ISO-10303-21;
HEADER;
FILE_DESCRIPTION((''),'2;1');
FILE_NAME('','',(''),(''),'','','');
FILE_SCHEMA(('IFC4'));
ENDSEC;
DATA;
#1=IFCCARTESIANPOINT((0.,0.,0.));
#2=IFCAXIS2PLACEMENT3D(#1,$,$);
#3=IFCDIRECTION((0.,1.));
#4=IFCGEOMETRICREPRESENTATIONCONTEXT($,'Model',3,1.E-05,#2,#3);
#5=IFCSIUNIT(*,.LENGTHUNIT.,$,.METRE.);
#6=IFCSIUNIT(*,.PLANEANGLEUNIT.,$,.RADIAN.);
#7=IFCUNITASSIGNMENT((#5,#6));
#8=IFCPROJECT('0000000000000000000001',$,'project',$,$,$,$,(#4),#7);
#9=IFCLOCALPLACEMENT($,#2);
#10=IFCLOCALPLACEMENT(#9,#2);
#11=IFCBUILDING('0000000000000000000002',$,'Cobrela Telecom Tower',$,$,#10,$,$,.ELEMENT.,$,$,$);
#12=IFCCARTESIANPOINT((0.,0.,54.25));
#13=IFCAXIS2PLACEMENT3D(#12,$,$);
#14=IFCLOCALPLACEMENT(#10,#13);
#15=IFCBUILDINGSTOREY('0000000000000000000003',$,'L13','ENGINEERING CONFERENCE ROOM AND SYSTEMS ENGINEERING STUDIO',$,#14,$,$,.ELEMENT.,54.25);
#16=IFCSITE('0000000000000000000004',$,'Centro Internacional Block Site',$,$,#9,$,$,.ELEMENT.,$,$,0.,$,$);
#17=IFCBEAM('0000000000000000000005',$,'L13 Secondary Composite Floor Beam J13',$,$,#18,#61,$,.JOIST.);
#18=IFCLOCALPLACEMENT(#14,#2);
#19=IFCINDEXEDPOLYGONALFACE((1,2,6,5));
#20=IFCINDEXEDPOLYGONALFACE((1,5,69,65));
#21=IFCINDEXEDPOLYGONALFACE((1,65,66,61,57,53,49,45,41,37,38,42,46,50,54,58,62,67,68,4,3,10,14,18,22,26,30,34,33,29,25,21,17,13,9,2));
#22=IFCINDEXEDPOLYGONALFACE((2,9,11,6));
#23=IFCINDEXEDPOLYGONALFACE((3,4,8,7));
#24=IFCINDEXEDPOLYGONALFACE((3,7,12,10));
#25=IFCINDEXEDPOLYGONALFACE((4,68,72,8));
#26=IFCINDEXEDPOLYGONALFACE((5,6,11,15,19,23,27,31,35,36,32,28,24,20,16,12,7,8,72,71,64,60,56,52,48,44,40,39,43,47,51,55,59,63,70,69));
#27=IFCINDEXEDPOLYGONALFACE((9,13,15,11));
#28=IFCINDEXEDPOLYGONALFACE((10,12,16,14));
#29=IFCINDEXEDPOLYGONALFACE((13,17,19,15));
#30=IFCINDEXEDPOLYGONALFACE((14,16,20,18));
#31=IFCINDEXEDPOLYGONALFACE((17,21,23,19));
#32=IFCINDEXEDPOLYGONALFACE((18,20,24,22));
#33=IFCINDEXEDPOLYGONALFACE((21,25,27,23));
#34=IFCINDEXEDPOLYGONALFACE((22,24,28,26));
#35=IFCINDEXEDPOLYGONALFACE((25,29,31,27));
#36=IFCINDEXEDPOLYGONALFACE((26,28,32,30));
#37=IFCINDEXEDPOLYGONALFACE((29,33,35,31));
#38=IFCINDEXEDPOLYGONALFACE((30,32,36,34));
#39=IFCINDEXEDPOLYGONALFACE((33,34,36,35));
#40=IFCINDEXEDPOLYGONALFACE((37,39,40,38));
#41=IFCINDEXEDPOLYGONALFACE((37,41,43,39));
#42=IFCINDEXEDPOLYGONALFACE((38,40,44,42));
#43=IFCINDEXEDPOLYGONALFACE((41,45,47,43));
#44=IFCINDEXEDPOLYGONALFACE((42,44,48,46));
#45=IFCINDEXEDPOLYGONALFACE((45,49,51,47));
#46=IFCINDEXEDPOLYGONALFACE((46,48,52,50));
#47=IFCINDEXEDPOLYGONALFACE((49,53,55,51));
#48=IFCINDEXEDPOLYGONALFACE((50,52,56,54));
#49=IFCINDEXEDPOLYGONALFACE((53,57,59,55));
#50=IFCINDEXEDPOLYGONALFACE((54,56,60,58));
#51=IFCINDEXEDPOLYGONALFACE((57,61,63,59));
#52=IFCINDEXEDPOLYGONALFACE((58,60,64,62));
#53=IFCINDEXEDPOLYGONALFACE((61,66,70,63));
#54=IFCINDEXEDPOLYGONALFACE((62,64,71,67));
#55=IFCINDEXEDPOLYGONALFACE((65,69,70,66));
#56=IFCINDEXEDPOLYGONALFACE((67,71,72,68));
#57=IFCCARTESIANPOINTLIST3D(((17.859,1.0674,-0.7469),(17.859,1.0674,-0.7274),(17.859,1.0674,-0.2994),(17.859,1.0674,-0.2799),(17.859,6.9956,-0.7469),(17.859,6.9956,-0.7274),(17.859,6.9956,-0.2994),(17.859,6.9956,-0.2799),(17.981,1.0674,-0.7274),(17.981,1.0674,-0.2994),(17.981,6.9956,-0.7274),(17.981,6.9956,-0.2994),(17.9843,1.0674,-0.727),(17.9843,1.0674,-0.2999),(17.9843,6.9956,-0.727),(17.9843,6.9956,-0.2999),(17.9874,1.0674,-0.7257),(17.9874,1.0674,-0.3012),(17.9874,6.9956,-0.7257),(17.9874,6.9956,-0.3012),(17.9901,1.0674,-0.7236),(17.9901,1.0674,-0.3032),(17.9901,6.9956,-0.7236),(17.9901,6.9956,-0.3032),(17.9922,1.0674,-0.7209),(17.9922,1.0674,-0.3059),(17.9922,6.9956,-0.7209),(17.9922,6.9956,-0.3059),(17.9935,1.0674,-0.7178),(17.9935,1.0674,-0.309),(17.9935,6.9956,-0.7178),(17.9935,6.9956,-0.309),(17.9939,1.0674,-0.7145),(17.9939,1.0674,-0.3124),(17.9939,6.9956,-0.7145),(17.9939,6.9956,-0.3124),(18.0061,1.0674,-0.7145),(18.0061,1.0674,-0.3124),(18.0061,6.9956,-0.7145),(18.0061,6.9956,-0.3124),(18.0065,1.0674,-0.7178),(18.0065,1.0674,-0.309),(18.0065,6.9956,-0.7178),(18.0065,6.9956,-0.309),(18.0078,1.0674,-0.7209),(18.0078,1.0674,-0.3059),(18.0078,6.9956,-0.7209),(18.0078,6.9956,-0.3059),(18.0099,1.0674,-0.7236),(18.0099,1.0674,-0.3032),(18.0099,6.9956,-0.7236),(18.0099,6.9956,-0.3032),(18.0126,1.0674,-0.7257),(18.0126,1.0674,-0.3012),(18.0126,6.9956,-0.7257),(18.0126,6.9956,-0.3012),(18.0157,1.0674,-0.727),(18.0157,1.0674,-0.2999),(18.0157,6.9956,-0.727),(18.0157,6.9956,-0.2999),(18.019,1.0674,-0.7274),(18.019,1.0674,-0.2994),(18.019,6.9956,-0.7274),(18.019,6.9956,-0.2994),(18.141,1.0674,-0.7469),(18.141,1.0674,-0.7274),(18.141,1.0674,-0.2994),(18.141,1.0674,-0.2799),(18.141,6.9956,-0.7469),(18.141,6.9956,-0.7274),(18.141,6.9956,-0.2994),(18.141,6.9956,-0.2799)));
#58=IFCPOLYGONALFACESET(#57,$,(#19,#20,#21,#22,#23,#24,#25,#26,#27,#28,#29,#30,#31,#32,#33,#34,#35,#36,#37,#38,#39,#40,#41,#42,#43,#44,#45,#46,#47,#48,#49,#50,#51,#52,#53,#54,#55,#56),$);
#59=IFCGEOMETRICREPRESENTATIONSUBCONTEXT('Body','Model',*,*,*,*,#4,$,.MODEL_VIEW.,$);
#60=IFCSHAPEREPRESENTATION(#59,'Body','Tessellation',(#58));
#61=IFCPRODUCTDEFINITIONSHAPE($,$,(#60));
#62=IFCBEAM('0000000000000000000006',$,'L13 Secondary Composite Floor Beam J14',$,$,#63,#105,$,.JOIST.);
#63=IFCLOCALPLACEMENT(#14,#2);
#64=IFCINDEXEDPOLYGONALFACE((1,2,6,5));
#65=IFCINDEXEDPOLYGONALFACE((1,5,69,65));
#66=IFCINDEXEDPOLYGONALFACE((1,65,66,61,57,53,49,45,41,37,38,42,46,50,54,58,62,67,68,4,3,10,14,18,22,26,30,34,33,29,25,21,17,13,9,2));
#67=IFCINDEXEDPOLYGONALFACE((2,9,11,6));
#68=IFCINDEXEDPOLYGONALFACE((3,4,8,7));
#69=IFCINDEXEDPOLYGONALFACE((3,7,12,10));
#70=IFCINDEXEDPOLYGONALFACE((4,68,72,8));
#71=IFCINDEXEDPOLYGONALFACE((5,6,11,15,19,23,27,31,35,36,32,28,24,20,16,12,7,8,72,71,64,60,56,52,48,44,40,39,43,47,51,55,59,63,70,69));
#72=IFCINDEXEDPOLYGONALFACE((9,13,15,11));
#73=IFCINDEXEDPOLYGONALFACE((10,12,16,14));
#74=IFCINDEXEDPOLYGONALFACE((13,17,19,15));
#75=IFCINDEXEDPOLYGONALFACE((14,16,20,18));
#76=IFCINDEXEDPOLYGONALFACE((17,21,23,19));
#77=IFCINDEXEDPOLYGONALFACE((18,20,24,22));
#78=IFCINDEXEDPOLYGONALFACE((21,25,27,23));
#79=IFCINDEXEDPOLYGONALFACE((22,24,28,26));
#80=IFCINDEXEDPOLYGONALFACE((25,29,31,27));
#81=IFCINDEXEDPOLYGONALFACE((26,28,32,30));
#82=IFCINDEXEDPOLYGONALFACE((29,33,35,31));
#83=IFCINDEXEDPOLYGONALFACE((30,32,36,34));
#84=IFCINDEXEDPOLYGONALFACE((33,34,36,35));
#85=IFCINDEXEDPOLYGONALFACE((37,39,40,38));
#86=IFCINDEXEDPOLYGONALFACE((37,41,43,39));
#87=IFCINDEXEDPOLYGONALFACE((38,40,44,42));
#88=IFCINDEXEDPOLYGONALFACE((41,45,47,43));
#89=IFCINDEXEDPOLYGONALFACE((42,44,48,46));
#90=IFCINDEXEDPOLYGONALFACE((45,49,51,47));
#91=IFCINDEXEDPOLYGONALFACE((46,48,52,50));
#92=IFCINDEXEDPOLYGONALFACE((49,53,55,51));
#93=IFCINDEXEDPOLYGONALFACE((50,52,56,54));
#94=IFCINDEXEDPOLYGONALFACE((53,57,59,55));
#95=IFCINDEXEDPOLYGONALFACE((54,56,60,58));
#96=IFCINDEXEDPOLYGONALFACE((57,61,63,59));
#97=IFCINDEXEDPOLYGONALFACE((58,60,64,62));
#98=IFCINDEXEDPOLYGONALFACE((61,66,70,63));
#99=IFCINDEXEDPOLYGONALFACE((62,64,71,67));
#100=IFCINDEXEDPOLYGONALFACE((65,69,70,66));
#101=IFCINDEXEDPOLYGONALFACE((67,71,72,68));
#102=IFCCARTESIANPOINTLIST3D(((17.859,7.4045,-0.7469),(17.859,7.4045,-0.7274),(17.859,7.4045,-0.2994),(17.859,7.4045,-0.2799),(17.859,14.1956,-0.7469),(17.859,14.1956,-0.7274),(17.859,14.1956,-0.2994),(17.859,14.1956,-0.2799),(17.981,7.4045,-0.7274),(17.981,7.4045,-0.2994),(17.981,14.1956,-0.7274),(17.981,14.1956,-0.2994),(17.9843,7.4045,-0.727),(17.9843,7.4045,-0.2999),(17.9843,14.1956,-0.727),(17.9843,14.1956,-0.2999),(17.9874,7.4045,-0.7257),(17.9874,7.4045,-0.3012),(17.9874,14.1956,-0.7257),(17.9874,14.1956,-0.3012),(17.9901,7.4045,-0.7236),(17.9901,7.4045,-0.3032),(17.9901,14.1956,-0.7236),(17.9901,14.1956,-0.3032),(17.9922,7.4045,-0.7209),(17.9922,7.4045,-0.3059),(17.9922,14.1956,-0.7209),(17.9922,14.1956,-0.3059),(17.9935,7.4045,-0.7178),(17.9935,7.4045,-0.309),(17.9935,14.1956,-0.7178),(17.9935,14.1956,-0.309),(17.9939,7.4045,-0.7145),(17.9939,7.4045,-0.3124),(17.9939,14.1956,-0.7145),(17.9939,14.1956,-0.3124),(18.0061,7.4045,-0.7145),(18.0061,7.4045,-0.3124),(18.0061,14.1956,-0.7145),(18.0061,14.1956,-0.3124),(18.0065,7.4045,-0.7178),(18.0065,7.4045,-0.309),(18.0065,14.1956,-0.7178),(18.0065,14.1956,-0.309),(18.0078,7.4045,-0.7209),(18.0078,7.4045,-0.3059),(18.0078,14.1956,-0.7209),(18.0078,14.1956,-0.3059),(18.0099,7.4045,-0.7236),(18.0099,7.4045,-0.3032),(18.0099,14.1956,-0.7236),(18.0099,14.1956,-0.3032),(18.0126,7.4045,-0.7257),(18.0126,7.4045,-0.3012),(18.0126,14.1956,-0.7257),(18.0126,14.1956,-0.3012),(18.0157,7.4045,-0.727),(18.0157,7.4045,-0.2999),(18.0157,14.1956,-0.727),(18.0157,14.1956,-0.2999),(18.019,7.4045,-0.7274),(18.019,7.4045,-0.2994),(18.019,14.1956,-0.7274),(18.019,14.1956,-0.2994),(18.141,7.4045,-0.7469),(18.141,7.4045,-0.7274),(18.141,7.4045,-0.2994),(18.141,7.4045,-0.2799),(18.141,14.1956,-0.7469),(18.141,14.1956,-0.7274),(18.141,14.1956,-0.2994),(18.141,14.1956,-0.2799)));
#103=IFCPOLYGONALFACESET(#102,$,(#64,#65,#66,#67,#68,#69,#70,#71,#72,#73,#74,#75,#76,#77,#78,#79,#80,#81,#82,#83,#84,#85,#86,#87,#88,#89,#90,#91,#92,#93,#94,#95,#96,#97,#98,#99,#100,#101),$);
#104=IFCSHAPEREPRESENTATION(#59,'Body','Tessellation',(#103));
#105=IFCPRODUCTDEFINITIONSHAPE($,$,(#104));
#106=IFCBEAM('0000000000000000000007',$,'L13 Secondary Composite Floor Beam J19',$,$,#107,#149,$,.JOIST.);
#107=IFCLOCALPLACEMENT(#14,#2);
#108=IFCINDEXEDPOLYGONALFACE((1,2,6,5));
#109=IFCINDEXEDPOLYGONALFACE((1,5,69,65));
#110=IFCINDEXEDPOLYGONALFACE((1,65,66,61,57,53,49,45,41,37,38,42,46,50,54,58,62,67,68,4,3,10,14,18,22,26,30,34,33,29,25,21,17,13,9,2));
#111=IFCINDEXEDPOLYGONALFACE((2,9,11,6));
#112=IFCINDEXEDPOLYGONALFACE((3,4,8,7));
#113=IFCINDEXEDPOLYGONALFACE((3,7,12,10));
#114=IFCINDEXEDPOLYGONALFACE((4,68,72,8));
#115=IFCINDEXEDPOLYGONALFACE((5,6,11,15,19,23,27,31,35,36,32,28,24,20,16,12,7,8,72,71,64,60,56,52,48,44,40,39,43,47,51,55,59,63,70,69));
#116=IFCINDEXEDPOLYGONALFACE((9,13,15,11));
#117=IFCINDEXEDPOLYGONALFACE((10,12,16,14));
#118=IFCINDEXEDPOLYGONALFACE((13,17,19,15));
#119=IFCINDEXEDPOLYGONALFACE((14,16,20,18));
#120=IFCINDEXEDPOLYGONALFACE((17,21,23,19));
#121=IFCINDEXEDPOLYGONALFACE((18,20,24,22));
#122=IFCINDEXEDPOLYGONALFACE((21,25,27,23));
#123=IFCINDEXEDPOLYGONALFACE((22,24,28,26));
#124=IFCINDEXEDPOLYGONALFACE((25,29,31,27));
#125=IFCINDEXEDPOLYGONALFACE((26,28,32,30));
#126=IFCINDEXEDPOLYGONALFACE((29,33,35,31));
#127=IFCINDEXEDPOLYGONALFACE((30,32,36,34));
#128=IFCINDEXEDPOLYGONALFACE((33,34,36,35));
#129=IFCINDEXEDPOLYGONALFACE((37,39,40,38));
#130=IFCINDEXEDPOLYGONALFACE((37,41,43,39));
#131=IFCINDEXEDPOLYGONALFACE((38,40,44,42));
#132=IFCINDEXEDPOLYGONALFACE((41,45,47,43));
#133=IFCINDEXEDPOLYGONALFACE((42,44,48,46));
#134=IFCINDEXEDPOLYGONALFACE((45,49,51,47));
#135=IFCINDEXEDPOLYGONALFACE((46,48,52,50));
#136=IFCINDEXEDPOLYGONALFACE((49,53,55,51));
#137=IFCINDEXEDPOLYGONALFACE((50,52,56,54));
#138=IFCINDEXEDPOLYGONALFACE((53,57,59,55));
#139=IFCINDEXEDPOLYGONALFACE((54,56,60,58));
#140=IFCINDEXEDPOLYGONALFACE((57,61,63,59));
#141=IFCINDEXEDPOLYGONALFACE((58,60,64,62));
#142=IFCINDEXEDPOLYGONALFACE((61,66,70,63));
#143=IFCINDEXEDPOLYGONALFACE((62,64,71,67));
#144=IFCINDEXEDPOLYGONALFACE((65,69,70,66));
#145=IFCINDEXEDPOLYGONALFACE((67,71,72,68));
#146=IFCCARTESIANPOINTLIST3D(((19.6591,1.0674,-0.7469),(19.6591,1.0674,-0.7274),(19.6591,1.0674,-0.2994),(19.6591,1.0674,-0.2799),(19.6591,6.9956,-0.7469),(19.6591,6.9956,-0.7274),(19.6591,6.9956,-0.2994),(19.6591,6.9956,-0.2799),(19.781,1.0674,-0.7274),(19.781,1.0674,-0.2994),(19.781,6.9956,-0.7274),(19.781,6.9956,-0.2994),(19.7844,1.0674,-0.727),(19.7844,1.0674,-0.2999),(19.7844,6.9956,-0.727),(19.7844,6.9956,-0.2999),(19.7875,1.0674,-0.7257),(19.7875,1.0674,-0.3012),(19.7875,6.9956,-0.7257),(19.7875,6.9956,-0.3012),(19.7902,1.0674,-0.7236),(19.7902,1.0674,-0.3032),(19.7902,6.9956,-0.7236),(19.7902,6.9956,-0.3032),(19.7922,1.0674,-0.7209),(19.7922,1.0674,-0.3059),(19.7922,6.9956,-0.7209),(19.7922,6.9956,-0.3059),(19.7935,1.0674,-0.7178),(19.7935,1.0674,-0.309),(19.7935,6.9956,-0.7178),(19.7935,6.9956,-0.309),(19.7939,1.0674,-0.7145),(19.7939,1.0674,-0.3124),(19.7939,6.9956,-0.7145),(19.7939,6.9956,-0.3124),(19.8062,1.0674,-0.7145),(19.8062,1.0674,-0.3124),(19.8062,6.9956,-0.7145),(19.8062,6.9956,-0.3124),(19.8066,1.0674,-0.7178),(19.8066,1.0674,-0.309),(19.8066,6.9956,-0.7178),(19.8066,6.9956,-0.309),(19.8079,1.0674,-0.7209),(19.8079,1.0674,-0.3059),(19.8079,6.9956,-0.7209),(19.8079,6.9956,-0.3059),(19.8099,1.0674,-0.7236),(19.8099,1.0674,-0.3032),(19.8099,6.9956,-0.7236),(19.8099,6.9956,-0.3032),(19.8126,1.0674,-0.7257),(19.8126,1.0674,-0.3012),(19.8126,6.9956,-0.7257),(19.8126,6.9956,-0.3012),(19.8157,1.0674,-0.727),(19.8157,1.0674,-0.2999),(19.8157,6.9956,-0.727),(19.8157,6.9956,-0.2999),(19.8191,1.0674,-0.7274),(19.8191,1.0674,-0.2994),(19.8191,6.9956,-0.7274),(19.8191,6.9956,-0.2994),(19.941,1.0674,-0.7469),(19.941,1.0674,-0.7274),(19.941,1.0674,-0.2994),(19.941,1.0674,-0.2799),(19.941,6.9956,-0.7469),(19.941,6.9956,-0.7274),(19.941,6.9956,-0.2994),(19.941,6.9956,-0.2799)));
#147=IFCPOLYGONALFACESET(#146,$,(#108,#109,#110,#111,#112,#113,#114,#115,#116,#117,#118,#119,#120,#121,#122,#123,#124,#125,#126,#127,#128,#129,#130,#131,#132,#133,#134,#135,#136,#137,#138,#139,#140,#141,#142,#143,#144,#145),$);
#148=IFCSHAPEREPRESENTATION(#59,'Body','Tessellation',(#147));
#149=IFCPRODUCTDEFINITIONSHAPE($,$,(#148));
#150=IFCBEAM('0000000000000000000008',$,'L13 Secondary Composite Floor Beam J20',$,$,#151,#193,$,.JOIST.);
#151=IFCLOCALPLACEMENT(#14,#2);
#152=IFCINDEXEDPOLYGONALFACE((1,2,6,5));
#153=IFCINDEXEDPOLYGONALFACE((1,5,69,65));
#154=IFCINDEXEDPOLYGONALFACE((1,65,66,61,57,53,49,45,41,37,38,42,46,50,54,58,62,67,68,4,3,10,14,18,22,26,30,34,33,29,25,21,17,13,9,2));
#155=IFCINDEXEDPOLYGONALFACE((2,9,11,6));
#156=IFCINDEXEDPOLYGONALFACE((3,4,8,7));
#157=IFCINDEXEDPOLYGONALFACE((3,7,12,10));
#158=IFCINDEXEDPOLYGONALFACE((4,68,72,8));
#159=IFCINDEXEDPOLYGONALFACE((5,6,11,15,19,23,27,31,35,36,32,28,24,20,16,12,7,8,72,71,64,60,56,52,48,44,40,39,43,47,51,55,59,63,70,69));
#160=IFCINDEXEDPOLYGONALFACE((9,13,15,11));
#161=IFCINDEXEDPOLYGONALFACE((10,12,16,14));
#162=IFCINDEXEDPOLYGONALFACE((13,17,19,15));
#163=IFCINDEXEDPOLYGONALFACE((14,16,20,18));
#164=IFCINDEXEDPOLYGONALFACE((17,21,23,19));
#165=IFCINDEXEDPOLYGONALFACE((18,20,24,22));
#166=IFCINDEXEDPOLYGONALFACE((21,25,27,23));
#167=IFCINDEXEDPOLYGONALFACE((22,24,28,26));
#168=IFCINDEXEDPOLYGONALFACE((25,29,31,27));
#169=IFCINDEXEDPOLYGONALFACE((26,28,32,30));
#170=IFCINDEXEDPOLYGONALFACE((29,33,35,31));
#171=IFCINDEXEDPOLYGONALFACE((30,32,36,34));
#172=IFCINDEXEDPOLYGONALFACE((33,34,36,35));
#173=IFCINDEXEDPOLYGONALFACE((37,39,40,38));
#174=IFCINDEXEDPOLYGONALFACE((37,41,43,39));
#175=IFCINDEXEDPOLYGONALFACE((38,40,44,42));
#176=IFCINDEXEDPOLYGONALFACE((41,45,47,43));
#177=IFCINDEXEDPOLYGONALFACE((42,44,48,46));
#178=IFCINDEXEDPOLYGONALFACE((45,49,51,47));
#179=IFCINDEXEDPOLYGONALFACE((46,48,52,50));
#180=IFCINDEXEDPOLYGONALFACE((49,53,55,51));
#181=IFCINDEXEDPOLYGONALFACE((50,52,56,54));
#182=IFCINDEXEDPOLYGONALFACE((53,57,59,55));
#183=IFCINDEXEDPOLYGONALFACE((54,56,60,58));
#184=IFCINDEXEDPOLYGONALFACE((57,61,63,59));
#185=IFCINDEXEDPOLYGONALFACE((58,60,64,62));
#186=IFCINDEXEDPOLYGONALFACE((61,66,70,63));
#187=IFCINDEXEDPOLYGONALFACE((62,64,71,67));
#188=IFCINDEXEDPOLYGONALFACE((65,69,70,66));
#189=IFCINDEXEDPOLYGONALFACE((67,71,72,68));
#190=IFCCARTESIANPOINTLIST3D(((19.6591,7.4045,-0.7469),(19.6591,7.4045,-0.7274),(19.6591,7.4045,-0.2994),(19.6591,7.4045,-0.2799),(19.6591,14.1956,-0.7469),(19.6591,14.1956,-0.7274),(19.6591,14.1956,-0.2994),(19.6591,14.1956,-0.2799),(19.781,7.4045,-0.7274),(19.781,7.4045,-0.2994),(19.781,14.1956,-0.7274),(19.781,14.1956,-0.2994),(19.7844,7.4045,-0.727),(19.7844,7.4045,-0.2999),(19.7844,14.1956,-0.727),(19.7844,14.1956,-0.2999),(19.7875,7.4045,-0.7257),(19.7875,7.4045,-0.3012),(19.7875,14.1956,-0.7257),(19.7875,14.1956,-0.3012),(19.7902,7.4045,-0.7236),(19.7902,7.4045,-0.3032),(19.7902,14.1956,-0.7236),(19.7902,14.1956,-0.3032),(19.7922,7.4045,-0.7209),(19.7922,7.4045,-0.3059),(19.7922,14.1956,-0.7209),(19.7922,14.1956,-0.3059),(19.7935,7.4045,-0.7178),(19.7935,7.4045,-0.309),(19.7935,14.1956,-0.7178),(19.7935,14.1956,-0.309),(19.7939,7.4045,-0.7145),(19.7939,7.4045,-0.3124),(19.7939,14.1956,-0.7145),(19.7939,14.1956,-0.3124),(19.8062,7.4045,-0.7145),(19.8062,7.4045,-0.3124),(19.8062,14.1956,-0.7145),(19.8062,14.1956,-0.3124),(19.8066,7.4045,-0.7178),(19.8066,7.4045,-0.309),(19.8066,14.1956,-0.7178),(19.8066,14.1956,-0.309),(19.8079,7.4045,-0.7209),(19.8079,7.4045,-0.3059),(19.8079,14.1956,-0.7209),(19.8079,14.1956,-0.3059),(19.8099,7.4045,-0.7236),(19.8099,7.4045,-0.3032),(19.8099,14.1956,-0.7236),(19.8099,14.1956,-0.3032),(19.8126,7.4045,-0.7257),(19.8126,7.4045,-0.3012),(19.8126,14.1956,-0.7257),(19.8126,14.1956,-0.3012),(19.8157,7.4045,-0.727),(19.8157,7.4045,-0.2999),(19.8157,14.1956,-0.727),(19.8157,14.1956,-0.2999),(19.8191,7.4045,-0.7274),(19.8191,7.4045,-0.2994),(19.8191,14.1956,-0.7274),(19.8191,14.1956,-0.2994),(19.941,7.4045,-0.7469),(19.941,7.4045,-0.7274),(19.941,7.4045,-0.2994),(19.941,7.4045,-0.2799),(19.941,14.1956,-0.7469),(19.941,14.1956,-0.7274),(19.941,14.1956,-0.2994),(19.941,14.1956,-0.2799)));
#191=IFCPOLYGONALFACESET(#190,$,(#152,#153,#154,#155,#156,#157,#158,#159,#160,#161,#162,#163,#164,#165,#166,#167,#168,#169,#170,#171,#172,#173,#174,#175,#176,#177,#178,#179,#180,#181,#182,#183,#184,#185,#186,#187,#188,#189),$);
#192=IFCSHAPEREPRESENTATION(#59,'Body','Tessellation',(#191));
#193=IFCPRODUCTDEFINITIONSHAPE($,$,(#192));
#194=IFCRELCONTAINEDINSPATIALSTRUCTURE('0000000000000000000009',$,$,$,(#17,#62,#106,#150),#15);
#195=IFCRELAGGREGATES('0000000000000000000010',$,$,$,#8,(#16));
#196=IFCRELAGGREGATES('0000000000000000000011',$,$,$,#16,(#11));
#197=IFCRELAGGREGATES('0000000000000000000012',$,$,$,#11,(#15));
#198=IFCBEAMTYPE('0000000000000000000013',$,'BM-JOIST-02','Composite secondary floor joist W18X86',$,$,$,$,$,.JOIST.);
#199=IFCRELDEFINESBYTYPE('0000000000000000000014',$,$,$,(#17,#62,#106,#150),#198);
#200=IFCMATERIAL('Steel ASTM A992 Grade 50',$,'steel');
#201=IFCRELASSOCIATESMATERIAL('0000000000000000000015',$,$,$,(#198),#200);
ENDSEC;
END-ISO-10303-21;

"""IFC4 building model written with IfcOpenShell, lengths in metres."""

from ifc_helpers import new_model, si_unit, direction, frame, origin, origin_2d, place, context, subcontext, project, spatial, i_section, extrude, material, material_profile, profile_set, type_object, element, save


model = new_model("IFC4")

# Units and contexts
model_context = context("Model", 3, precision=1e-05, world=origin(), true_north=direction((0.0, 1.0)))
body_context = subcontext(model_context, "Body", "Model", "MODEL_VIEW")
ifc_project = project(units=[si_unit("LENGTHUNIT", "METRE"), si_unit("PLANEANGLEUNIT", "RADIAN")], contexts=[model_context])

# Site, building, storey
site_placement = place(None, origin())
site = spatial("IfcSite", under=ifc_project, at=site_placement, Name="Centro Internacional Block Site", CompositionType="ELEMENT", RefElevation=0.0)
building_placement = place(site_placement, origin())
building = spatial("IfcBuilding", under=site, at=building_placement, Name="Cobrela Telecom Tower", CompositionType="ELEMENT")
storey_placement = place(building_placement, frame((0.0, 0.0, 54.25)))
storey = spatial("IfcBuildingStorey", under=building, at=storey_placement, Name="L13", Description="ENGINEERING CONFERENCE ROOM AND SYSTEMS ENGINEERING STUDIO", CompositionType="ELEMENT", Elevation=54.25)

# Beams
ifc_material_1 = material(Name="Steel ASTM A992 Grade 50", Category="steel")
ifc_material_profile_1 = material_profile(ifc_material_1, i_section(OverallWidth=0.282, OverallDepth=0.467, WebThickness=0.0122, FlangeThickness=0.0195, FilletRadius=0.0129, at=origin_2d()), Name="W18X86")
ifc_profile_set_1 = profile_set([ifc_material_profile_1], Name="Steel ASTM A992 Grade 50")
beam_type_1 = type_object("IfcBeamType", Name="BM-JOIST-02", Description="Composite secondary floor joist W18X86", PredefinedType="JOIST", material=ifc_profile_set_1)
beam_1_placement = place(storey_placement, frame((18.0, 1.0674, -0.5134), z_axis=(0.0, 1.0, 0.0), x_axis=(-1.0, 0.0, 0.0)))
element("IfcBeam", 1, at=beam_1_placement, inside=storey, type_object=beam_type_1, Name="L13 Secondary Composite Floor Beam J13", PredefinedType="JOIST", context=body_context, shape_type="SweptSolid", body=[
    extrude(i_section(OverallWidth=0.282, OverallDepth=0.467, WebThickness=0.0122, FlangeThickness=0.0195, FilletRadius=0.0129, at=origin_2d()), origin(), (0.0, 0.0, 1.0), 5.9282),
])
beam_2_placement = place(storey_placement, frame((18.0, 7.4045, -0.5134), z_axis=(0.0, 1.0, 0.0), x_axis=(-1.0, 0.0, 0.0)))
element("IfcBeam", 2, at=beam_2_placement, inside=storey, type_object=beam_type_1, Name="L13 Secondary Composite Floor Beam J14", PredefinedType="JOIST", context=body_context, shape_type="SweptSolid", body=[
    extrude(i_section(OverallWidth=0.282, OverallDepth=0.467, WebThickness=0.0122, FlangeThickness=0.0195, FilletRadius=0.0129, at=origin_2d()), origin(), (0.0, 0.0, 1.0), 6.791),
])
beam_3_placement = place(storey_placement, frame((19.8, 1.0674, -0.5134), z_axis=(0.0, 1.0, 0.0), x_axis=(-1.0, 0.0, 0.0)))
element("IfcBeam", 3, at=beam_3_placement, inside=storey, type_object=beam_type_1, Name="L13 Secondary Composite Floor Beam J19", PredefinedType="JOIST", context=body_context, shape_type="SweptSolid", body=[
    extrude(i_section(OverallWidth=0.282, OverallDepth=0.467, WebThickness=0.0122, FlangeThickness=0.0195, FilletRadius=0.0129, at=origin_2d()), origin(), (0.0, 0.0, 1.0), 5.9282),
])
beam_4_placement = place(storey_placement, frame((19.8, 7.4045, -0.5134), z_axis=(0.0, 1.0, 0.0), x_axis=(-1.0, 0.0, 0.0)))
element("IfcBeam", 4, at=beam_4_placement, inside=storey, type_object=beam_type_1, Name="L13 Secondary Composite Floor Beam J20", PredefinedType="JOIST", context=body_context, shape_type="SweptSolid", body=[
    extrude(i_section(OverallWidth=0.282, OverallDepth=0.467, WebThickness=0.0122, FlangeThickness=0.0195, FilletRadius=0.0129, at=origin_2d()), origin(), (0.0, 0.0, 1.0), 6.791),
])

save(model, "model.ifc")
